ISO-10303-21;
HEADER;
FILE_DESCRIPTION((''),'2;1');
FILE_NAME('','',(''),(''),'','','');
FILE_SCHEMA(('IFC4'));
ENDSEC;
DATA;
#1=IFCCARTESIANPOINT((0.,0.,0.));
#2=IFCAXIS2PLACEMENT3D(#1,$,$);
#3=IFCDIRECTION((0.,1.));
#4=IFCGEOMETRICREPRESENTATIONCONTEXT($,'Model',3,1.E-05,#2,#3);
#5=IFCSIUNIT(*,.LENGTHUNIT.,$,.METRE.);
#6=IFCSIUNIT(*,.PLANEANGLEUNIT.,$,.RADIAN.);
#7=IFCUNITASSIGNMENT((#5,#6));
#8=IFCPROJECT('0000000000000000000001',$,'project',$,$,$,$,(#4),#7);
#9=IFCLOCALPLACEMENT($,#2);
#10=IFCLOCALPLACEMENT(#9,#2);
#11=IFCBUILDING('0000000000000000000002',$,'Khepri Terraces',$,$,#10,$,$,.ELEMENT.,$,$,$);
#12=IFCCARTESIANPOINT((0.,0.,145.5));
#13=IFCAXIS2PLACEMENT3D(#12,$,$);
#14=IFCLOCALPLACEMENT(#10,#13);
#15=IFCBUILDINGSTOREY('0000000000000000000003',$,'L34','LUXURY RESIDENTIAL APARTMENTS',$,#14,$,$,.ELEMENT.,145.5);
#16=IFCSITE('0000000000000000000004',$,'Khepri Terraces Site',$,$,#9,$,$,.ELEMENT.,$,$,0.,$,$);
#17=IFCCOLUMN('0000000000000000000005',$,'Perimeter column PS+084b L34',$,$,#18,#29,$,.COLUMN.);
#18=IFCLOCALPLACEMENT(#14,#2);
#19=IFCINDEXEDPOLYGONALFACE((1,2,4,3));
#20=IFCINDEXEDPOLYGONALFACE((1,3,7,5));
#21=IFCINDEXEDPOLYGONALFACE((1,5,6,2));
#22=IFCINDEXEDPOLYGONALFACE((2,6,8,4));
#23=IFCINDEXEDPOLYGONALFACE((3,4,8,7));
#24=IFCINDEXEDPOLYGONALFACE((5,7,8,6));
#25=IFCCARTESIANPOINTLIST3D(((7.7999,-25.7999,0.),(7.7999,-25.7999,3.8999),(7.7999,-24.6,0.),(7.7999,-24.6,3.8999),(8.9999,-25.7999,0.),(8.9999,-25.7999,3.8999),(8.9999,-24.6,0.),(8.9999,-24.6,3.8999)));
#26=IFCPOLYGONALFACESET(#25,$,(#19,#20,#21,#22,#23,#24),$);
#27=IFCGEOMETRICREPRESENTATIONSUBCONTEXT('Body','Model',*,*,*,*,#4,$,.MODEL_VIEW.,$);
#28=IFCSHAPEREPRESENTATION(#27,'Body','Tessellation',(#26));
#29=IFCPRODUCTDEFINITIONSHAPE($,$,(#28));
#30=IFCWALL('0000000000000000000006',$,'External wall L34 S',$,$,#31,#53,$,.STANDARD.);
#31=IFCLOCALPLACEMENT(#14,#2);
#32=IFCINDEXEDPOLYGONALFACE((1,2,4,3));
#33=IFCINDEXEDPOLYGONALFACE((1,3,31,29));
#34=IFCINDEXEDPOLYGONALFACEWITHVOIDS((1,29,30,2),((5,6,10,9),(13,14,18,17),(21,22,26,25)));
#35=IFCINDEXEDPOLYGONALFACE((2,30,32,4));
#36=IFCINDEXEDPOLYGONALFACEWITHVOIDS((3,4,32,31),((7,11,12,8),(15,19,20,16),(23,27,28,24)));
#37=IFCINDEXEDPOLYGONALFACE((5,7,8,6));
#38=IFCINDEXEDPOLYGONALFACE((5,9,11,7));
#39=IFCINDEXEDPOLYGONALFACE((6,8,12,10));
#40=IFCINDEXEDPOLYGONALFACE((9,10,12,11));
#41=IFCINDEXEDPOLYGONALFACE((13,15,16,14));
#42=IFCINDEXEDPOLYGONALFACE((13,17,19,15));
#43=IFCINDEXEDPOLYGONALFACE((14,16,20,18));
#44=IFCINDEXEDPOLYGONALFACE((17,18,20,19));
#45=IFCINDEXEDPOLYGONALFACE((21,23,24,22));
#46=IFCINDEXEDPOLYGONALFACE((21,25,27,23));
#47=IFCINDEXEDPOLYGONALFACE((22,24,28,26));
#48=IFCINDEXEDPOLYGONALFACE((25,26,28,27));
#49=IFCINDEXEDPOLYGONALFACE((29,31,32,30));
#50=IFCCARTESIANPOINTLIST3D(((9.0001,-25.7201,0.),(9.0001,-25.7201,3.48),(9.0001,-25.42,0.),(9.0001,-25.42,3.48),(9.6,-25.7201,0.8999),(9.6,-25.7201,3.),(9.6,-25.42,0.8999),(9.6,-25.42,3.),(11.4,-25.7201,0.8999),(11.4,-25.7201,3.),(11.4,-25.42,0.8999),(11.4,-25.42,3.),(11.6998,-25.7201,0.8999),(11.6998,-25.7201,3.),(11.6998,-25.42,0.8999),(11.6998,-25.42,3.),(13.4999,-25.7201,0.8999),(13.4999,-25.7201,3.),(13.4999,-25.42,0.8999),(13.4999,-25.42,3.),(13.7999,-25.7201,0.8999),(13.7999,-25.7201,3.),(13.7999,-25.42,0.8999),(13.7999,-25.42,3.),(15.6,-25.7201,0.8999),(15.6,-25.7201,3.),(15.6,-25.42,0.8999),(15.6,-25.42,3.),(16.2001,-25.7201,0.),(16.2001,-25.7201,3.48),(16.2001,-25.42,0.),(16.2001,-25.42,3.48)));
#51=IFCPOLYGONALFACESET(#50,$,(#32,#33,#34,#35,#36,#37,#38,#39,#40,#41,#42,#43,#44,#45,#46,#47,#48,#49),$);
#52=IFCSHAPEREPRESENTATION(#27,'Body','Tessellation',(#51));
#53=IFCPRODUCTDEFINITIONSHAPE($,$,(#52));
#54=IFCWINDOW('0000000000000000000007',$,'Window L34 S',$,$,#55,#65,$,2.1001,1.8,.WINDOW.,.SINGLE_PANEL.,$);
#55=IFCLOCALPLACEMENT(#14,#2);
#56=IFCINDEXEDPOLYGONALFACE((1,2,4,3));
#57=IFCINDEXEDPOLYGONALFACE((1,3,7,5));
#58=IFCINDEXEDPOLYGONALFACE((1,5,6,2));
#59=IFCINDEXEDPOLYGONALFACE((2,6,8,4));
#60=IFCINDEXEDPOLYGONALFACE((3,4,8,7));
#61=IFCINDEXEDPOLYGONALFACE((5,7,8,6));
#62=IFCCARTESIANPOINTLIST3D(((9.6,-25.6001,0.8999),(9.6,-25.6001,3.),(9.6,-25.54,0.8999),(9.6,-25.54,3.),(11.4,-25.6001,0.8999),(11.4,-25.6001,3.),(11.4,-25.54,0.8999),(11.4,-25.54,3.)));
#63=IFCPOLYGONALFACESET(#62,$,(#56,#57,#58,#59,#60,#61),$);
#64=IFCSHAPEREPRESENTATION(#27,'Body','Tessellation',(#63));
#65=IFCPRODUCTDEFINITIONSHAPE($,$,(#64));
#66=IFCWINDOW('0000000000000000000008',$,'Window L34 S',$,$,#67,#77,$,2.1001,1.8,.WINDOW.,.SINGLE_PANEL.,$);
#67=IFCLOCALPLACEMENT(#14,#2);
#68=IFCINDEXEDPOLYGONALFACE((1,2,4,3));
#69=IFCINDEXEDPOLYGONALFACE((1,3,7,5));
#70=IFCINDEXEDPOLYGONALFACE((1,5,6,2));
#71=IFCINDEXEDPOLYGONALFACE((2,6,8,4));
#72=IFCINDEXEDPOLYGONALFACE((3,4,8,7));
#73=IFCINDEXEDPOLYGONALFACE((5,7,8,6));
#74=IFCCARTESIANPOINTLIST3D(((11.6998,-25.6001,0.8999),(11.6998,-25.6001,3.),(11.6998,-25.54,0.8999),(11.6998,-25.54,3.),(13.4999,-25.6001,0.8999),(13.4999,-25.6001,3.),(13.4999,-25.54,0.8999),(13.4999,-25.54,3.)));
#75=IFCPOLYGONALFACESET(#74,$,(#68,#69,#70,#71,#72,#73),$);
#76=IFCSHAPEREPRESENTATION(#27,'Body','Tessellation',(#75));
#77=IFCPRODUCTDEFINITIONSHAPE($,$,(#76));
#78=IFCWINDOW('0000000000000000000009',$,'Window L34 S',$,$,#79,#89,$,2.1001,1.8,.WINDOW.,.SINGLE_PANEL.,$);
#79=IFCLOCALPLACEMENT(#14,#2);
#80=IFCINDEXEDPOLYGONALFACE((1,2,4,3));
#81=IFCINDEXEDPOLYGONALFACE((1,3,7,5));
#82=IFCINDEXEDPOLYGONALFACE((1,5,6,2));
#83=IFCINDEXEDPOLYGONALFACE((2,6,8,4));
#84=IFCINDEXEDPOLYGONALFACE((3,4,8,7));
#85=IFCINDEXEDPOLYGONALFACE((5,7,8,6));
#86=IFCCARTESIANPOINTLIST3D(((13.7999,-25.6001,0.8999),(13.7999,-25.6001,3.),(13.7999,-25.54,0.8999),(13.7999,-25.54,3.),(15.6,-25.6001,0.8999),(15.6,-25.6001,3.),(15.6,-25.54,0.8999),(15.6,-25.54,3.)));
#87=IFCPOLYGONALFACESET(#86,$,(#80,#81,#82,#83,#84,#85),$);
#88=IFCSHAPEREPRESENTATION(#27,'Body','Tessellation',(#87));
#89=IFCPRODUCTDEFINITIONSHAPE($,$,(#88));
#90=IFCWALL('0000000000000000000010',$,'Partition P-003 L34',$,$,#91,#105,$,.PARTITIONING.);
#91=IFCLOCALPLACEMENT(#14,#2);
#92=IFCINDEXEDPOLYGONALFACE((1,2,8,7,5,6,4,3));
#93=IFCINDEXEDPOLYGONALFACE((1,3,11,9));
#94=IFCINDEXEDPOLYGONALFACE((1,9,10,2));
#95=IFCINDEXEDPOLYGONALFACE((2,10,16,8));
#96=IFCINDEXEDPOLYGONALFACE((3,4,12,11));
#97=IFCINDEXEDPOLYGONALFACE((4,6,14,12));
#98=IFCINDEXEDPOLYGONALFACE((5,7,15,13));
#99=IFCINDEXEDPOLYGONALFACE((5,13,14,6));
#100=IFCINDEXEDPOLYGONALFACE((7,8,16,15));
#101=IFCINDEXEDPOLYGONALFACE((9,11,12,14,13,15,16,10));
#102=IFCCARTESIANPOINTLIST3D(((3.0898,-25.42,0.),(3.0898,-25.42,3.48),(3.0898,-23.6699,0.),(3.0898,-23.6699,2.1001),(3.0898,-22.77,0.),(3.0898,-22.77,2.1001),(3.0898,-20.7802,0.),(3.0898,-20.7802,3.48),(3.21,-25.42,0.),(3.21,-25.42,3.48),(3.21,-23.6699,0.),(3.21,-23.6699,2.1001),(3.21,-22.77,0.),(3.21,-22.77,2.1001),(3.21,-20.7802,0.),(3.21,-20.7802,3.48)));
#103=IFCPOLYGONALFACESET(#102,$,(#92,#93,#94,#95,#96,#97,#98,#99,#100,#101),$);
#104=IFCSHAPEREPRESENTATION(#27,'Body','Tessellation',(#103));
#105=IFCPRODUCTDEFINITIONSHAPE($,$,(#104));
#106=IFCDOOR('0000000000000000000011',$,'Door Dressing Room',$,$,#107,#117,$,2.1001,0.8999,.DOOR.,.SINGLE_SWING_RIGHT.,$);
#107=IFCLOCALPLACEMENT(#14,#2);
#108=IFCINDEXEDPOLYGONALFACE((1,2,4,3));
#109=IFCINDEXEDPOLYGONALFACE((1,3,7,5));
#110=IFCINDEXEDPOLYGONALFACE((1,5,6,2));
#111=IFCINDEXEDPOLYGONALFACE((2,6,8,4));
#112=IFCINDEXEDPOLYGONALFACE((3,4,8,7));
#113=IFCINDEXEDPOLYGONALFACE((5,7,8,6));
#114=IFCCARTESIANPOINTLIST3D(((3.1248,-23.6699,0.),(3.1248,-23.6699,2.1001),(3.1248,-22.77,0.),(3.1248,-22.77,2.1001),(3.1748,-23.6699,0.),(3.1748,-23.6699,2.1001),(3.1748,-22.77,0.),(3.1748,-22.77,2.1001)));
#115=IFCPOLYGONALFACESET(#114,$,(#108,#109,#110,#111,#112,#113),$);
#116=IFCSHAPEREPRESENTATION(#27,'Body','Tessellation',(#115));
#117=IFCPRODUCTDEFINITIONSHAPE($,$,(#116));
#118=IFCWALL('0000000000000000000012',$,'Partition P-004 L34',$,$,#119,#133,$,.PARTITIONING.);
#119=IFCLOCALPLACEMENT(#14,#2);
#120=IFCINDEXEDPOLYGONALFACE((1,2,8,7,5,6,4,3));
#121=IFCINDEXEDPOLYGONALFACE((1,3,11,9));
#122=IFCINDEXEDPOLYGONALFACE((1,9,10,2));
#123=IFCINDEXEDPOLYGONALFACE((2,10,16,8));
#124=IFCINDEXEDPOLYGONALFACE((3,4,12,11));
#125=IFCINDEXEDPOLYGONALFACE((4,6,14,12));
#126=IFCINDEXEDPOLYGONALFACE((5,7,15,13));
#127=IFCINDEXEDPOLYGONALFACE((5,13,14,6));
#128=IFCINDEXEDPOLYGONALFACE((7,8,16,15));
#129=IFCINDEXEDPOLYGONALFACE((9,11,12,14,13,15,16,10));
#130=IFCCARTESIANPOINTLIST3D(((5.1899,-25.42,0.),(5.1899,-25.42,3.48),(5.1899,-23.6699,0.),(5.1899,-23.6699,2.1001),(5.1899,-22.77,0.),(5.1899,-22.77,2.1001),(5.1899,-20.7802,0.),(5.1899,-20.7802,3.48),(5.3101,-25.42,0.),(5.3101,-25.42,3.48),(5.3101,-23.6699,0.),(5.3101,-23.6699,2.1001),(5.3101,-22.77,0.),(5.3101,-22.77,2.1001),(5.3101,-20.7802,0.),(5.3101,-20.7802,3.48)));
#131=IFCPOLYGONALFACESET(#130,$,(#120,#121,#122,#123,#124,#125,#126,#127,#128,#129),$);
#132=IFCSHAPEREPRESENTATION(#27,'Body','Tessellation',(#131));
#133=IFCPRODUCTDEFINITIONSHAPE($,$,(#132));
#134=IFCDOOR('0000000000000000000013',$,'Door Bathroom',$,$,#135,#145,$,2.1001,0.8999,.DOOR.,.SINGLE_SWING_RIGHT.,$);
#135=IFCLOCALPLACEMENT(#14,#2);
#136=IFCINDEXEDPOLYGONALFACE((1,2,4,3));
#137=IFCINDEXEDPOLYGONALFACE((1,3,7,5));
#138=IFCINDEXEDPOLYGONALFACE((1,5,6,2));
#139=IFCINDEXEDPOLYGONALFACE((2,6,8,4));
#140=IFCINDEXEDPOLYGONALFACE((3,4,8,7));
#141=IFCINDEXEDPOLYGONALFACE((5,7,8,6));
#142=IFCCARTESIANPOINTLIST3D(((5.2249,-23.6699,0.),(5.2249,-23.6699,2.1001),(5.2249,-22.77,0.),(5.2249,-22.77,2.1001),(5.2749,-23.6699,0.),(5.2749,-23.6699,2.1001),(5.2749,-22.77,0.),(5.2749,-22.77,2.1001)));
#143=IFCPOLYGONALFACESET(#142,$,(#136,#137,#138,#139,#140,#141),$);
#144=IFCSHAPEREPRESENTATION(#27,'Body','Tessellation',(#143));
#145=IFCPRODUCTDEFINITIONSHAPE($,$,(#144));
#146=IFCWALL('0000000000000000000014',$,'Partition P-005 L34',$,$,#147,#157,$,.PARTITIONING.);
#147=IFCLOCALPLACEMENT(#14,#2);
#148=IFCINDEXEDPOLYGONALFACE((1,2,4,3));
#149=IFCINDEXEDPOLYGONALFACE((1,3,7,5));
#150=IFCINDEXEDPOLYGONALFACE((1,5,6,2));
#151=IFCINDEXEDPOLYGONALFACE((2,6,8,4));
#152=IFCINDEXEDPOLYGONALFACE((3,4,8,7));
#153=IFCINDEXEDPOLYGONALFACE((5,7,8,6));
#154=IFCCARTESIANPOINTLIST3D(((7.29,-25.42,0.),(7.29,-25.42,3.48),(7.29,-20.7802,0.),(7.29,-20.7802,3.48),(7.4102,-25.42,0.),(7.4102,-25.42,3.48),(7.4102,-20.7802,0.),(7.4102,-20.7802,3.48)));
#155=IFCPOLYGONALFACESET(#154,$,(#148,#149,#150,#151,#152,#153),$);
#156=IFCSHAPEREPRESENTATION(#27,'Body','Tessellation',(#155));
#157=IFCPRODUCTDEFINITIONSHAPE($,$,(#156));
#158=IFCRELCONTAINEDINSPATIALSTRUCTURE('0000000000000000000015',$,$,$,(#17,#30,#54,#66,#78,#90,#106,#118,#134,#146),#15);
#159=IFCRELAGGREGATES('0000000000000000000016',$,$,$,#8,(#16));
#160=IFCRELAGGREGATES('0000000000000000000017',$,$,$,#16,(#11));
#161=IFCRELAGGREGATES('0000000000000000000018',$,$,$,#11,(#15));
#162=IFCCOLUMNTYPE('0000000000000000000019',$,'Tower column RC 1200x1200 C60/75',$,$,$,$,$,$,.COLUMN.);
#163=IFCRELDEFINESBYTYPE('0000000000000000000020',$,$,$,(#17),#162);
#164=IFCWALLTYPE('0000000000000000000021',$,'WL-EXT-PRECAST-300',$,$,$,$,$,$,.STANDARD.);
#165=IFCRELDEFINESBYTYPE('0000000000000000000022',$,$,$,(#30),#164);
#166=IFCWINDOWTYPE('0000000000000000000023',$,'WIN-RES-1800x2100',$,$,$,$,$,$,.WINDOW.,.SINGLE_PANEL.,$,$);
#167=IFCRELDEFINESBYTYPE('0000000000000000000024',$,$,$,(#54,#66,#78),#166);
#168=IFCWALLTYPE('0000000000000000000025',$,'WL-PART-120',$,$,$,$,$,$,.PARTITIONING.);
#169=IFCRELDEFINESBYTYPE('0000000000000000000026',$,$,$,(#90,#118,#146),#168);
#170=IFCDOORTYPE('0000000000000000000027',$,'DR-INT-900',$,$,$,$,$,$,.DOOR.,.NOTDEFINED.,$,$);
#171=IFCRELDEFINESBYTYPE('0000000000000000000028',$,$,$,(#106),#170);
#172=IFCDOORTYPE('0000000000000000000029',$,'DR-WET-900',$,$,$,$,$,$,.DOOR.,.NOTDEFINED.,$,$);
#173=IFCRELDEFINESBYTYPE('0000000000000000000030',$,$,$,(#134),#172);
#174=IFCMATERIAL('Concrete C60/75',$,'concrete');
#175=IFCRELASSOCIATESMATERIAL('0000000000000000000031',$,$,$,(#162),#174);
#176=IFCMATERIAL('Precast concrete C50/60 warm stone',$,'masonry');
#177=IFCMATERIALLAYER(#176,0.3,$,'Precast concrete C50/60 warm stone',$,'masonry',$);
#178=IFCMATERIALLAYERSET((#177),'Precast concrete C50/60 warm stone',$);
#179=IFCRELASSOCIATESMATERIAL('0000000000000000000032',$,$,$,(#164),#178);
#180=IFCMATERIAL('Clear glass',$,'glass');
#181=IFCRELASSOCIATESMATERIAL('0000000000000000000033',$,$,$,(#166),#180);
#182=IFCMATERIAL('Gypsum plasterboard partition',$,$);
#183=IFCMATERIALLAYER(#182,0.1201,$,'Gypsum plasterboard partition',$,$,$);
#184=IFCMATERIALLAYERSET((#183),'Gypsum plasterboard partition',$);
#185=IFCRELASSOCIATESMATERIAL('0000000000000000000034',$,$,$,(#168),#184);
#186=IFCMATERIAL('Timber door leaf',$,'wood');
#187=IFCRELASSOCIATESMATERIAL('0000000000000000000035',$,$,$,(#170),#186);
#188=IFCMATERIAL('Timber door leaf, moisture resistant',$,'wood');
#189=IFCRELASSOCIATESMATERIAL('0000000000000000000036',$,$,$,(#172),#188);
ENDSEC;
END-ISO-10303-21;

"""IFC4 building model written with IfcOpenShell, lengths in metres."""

from ifc_helpers import new_model, si_unit, direction, frame, frame_2d, origin, origin_2d, place, context, subcontext, project, spatial, rectangle, extrude, material, layer, layer_set, material_profile, profile_set, type_object, element, fill, save


model = new_model("IFC4")

# Units and contexts
model_context = context("Model", 3, precision=1e-05, world=origin(), true_north=direction((0.0, 1.0)))
body_context = subcontext(model_context, "Body", "Model", "MODEL_VIEW")
ifc_project = project(units=[si_unit("LENGTHUNIT", "METRE"), si_unit("PLANEANGLEUNIT", "RADIAN")], contexts=[model_context])

# Site, building, storey
site_placement = place(None, origin())
site = spatial("IfcSite", under=ifc_project, at=site_placement, Name="Khepri Terraces Site", CompositionType="ELEMENT", RefElevation=0.0)
building_placement = place(site_placement, origin())
building = spatial("IfcBuilding", under=site, at=building_placement, Name="Khepri Terraces", CompositionType="ELEMENT")
storey_placement = place(building_placement, frame((0.0, 0.0, 145.5)))
storey = spatial("IfcBuildingStorey", under=building, at=storey_placement, Name="L34", Description="LUXURY RESIDENTIAL APARTMENTS", CompositionType="ELEMENT", Elevation=145.5)

# Column
ifc_material_1 = material(Name="Concrete C60/75", Category="concrete")
ifc_material_profile = material_profile(ifc_material_1, rectangle(XDim=1.2, YDim=1.2, at=origin_2d()), Name="Concrete C60/75", Category="concrete")
ifc_profile_set = profile_set([ifc_material_profile], Name="Concrete C60/75")
column_type = type_object("IfcColumnType", Name="Tower column RC 1200x1200 C60/75", PredefinedType="COLUMN", material=ifc_profile_set)
column_placement = place(storey_placement, frame((8.3999, -25.2, 0.0), z_axis=(0.0, 0.0, 1.0), x_axis=(1.0, 0.0, 0.0)))
element("IfcColumn", 1, at=column_placement, inside=storey, type_object=column_type, Name="Perimeter column PS+084b L34", PredefinedType="COLUMN", context=body_context, shape_type="SweptSolid", body=[
    extrude(rectangle(XDim=1.2, YDim=1.2, at=origin_2d()), origin(), (0.0, 0.0, 1.0), 3.8999),
])

# Shared definitions
ifc_material_2 = material(Name="Precast concrete C50/60 warm stone", Category="masonry")
ifc_layer_1 = layer(ifc_material_2, 0.3, Name="Precast concrete C50/60 warm stone", Category="masonry")
ifc_layer_set_1 = layer_set([ifc_layer_1], Name="Precast concrete C50/60 warm stone")
wall_type_1 = type_object("IfcWallType", Name="WL-EXT-PRECAST-300", PredefinedType="STANDARD", material=ifc_layer_set_1)
ifc_material_3 = material(Name="Clear glass", Category="glass")
window_type = type_object("IfcWindowType", Name="WIN-RES-1800x2100", PartitioningType="SINGLE_PANEL", PredefinedType="WINDOW", material=ifc_material_3)

# Wall, openings, windows
wall_1_placement = place(storey_placement, frame((9.0, -25.5701, 0.0), z_axis=(0.0, 0.0, 1.0), x_axis=(1.0, 0.0, 0.0)))
wall_1 = element("IfcWall", 2, at=wall_1_placement, inside=storey, type_object=wall_type_1, Name="External wall L34 S", PredefinedType="STANDARD", context=body_context, shape_type="SweptSolid", body=[
    extrude(rectangle(XDim=7.2, YDim=0.3, at=frame_2d((3.6001, 0.0))), origin(), (0.0, 0.0, 1.0), 3.48),
])
opening_1_placement = place(wall_1_placement, frame((0.6001, 0.0, 0.8999)))
opening_1 = element("IfcOpeningElement", 3, at=opening_1_placement, cuts=wall_1, PredefinedType="OPENING", context=body_context, shape_type="SweptSolid", body=[
    extrude(rectangle(XDim=1.8, YDim=2.1001, at=frame_2d((0.8999, 1.05))), frame((0.0, 0.1602, 0.0), z_axis=(0.0, -1.0, 0.0), x_axis=(1.0, 0.0, 0.0)), (0.0, 0.0, 1.0), 0.3201),
])
opening_2_placement = place(wall_1_placement, frame((2.7, 0.0, 0.8999)))
opening_2 = element("IfcOpeningElement", 4, at=opening_2_placement, cuts=wall_1, PredefinedType="OPENING", context=body_context, shape_type="SweptSolid", body=[
    extrude(rectangle(XDim=1.8, YDim=2.1001, at=frame_2d((0.8999, 1.05))), frame((0.0, 0.1602, 0.0), z_axis=(0.0, -1.0, 0.0), x_axis=(1.0, 0.0, 0.0)), (0.0, 0.0, 1.0), 0.3201),
])
opening_3_placement = place(wall_1_placement, frame((4.8, 0.0, 0.8999)))
opening_3 = element("IfcOpeningElement", 5, at=opening_3_placement, cuts=wall_1, PredefinedType="OPENING", context=body_context, shape_type="SweptSolid", body=[
    extrude(rectangle(XDim=1.8, YDim=2.1001, at=frame_2d((0.8999, 1.05))), frame((0.0, 0.1602, 0.0), z_axis=(0.0, -1.0, 0.0), x_axis=(1.0, 0.0, 0.0)), (0.0, 0.0, 1.0), 0.3201),
])
window_1_placement = place(opening_1_placement, origin())
window_1 = element("IfcWindow", 6, at=window_1_placement, inside=storey, type_object=window_type, Name="Window L34 S", OverallHeight=2.1001, OverallWidth=1.8, PartitioningType="SINGLE_PANEL", PredefinedType="WINDOW", context=body_context, shape_type="SweptSolid", body=[
    extrude(rectangle(XDim=1.8, YDim=2.1001, at=frame_2d((0.8999, 1.05))), frame((0.0, 0.03, 0.0), z_axis=(0.0, -1.0, 0.0), x_axis=(1.0, 0.0, 0.0)), (0.0, 0.0, 1.0), 0.0601),
])
fill(opening_1, window_1)
window_2_placement = place(opening_2_placement, origin())
window_2 = element("IfcWindow", 7, at=window_2_placement, inside=storey, type_object=window_type, Name="Window L34 S", OverallHeight=2.1001, OverallWidth=1.8, PartitioningType="SINGLE_PANEL", PredefinedType="WINDOW", context=body_context, shape_type="SweptSolid", body=[
    extrude(rectangle(XDim=1.8, YDim=2.1001, at=frame_2d((0.8999, 1.05))), frame((0.0, 0.03, 0.0), z_axis=(0.0, -1.0, 0.0), x_axis=(1.0, 0.0, 0.0)), (0.0, 0.0, 1.0), 0.0601),
])
fill(opening_2, window_2)
window_3_placement = place(opening_3_placement, origin())
window_3 = element("IfcWindow", 8, at=window_3_placement, inside=storey, type_object=window_type, Name="Window L34 S", OverallHeight=2.1001, OverallWidth=1.8, PartitioningType="SINGLE_PANEL", PredefinedType="WINDOW", context=body_context, shape_type="SweptSolid", body=[
    extrude(rectangle(XDim=1.8, YDim=2.1001, at=frame_2d((0.8999, 1.05))), frame((0.0, 0.03, 0.0), z_axis=(0.0, -1.0, 0.0), x_axis=(1.0, 0.0, 0.0)), (0.0, 0.0, 1.0), 0.0601),
])
fill(opening_3, window_3)

# Walls, openings, doors
ifc_material_4 = material(Name="Gypsum plasterboard partition")
ifc_layer_2 = layer(ifc_material_4, 0.1201, Name="Gypsum plasterboard partition")
ifc_layer_set_2 = layer_set([ifc_layer_2], Name="Gypsum plasterboard partition")
wall_type_2 = type_object("IfcWallType", Name="WL-PART-120", PredefinedType="PARTITIONING", material=ifc_layer_set_2)
wall_2_placement = place(storey_placement, frame((3.1499, -25.4199, 0.0), z_axis=(0.0, 0.0, 1.0), x_axis=(0.0, 1.0, 0.0)))
wall_2 = element("IfcWall", 9, at=wall_2_placement, inside=storey, type_object=wall_type_2, Name="Partition P-003 L34", PredefinedType="PARTITIONING", context=body_context, shape_type="SweptSolid", body=[
    extrude(rectangle(XDim=4.6399, YDim=0.1201, at=frame_2d((2.3198, 0.0))), origin(), (0.0, 0.0, 1.0), 3.48),
])
opening_4_placement = place(wall_2_placement, frame((1.75, 0.0, 0.0)))
opening_4 = element("IfcOpeningElement", 10, at=opening_4_placement, cuts=wall_2, PredefinedType="OPENING", context=body_context, shape_type="SweptSolid", body=[
    extrude(rectangle(XDim=0.8999, YDim=2.1001, at=frame_2d((0.45, 1.05))), frame((0.0, 0.0701, 0.0), z_axis=(0.0, -1.0, 0.0), x_axis=(1.0, 0.0, 0.0)), (0.0, 0.0, 1.0), 0.1401),
])
ifc_material_5 = material(Name="Timber door leaf", Category="wood")
door_type_1 = type_object("IfcDoorType", Name="DR-INT-900", OperationType="NOTDEFINED", PredefinedType="DOOR", material=ifc_material_5)
door_1_placement = place(opening_4_placement, frame((0.8999, 0.0, 0.0), z_axis=(0.0, 0.0, 1.0), x_axis=(-1.0, 0.0, 0.0)))
door_1 = element("IfcDoor", 11, at=door_1_placement, inside=storey, type_object=door_type_1, Name="Door Dressing Room", OperationType="SINGLE_SWING_RIGHT", OverallHeight=2.1001, OverallWidth=0.8999, PredefinedType="DOOR", context=body_context, shape_type="SweptSolid", body=[
    extrude(rectangle(XDim=0.8999, YDim=2.1001, at=frame_2d((0.45, 1.05))), frame((0.0, 0.0249, 0.0), z_axis=(0.0, -1.0, 0.0), x_axis=(1.0, 0.0, 0.0)), (0.0, 0.0, 1.0), 0.05),
])
fill(opening_4, door_1)
wall_3_placement = place(storey_placement, frame((5.25, -25.4199, 0.0), z_axis=(0.0, 0.0, 1.0), x_axis=(0.0, 1.0, 0.0)))
wall_3 = element("IfcWall", 12, at=wall_3_placement, inside=storey, type_object=wall_type_2, Name="Partition P-004 L34", PredefinedType="PARTITIONING", context=body_context, shape_type="SweptSolid", body=[
    extrude(rectangle(XDim=4.6399, YDim=0.1201, at=frame_2d((2.3198, 0.0))), origin(), (0.0, 0.0, 1.0), 3.48),
])
opening_5_placement = place(wall_3_placement, frame((1.75, 0.0, 0.0)))
opening_5 = element("IfcOpeningElement", 13, at=opening_5_placement, cuts=wall_3, PredefinedType="OPENING", context=body_context, shape_type="SweptSolid", body=[
    extrude(rectangle(XDim=0.8999, YDim=2.1001, at=frame_2d((0.45, 1.05))), frame((0.0, 0.0701, 0.0), z_axis=(0.0, -1.0, 0.0), x_axis=(1.0, 0.0, 0.0)), (0.0, 0.0, 1.0), 0.1401),
])
ifc_material_6 = material(Name="Timber door leaf, moisture resistant", Category="wood")
door_type_2 = type_object("IfcDoorType", Name="DR-WET-900", OperationType="NOTDEFINED", PredefinedType="DOOR", material=ifc_material_6)
door_2_placement = place(opening_5_placement, frame((0.8999, 0.0, 0.0), z_axis=(0.0, 0.0, 1.0), x_axis=(-1.0, 0.0, 0.0)))
door_2 = element("IfcDoor", 14, at=door_2_placement, inside=storey, type_object=door_type_2, Name="Door Bathroom", OperationType="SINGLE_SWING_RIGHT", OverallHeight=2.1001, OverallWidth=0.8999, PredefinedType="DOOR", context=body_context, shape_type="SweptSolid", body=[
    extrude(rectangle(XDim=0.8999, YDim=2.1001, at=frame_2d((0.45, 1.05))), frame((0.0, 0.0249, 0.0), z_axis=(0.0, -1.0, 0.0), x_axis=(1.0, 0.0, 0.0)), (0.0, 0.0, 1.0), 0.05),
])
fill(opening_5, door_2)

# Wall
wall_4_placement = place(storey_placement, frame((7.3501, -25.4199, 0.0), z_axis=(0.0, 0.0, 1.0), x_axis=(0.0, 1.0, 0.0)))
element("IfcWall", 15, at=wall_4_placement, inside=storey, type_object=wall_type_2, Name="Partition P-005 L34", PredefinedType="PARTITIONING", context=body_context, shape_type="SweptSolid", body=[
    extrude(rectangle(XDim=4.6399, YDim=0.1201, at=frame_2d((2.3198, 0.0))), origin(), (0.0, 0.0, 1.0), 3.48),
])

save(model, "model.ifc")
